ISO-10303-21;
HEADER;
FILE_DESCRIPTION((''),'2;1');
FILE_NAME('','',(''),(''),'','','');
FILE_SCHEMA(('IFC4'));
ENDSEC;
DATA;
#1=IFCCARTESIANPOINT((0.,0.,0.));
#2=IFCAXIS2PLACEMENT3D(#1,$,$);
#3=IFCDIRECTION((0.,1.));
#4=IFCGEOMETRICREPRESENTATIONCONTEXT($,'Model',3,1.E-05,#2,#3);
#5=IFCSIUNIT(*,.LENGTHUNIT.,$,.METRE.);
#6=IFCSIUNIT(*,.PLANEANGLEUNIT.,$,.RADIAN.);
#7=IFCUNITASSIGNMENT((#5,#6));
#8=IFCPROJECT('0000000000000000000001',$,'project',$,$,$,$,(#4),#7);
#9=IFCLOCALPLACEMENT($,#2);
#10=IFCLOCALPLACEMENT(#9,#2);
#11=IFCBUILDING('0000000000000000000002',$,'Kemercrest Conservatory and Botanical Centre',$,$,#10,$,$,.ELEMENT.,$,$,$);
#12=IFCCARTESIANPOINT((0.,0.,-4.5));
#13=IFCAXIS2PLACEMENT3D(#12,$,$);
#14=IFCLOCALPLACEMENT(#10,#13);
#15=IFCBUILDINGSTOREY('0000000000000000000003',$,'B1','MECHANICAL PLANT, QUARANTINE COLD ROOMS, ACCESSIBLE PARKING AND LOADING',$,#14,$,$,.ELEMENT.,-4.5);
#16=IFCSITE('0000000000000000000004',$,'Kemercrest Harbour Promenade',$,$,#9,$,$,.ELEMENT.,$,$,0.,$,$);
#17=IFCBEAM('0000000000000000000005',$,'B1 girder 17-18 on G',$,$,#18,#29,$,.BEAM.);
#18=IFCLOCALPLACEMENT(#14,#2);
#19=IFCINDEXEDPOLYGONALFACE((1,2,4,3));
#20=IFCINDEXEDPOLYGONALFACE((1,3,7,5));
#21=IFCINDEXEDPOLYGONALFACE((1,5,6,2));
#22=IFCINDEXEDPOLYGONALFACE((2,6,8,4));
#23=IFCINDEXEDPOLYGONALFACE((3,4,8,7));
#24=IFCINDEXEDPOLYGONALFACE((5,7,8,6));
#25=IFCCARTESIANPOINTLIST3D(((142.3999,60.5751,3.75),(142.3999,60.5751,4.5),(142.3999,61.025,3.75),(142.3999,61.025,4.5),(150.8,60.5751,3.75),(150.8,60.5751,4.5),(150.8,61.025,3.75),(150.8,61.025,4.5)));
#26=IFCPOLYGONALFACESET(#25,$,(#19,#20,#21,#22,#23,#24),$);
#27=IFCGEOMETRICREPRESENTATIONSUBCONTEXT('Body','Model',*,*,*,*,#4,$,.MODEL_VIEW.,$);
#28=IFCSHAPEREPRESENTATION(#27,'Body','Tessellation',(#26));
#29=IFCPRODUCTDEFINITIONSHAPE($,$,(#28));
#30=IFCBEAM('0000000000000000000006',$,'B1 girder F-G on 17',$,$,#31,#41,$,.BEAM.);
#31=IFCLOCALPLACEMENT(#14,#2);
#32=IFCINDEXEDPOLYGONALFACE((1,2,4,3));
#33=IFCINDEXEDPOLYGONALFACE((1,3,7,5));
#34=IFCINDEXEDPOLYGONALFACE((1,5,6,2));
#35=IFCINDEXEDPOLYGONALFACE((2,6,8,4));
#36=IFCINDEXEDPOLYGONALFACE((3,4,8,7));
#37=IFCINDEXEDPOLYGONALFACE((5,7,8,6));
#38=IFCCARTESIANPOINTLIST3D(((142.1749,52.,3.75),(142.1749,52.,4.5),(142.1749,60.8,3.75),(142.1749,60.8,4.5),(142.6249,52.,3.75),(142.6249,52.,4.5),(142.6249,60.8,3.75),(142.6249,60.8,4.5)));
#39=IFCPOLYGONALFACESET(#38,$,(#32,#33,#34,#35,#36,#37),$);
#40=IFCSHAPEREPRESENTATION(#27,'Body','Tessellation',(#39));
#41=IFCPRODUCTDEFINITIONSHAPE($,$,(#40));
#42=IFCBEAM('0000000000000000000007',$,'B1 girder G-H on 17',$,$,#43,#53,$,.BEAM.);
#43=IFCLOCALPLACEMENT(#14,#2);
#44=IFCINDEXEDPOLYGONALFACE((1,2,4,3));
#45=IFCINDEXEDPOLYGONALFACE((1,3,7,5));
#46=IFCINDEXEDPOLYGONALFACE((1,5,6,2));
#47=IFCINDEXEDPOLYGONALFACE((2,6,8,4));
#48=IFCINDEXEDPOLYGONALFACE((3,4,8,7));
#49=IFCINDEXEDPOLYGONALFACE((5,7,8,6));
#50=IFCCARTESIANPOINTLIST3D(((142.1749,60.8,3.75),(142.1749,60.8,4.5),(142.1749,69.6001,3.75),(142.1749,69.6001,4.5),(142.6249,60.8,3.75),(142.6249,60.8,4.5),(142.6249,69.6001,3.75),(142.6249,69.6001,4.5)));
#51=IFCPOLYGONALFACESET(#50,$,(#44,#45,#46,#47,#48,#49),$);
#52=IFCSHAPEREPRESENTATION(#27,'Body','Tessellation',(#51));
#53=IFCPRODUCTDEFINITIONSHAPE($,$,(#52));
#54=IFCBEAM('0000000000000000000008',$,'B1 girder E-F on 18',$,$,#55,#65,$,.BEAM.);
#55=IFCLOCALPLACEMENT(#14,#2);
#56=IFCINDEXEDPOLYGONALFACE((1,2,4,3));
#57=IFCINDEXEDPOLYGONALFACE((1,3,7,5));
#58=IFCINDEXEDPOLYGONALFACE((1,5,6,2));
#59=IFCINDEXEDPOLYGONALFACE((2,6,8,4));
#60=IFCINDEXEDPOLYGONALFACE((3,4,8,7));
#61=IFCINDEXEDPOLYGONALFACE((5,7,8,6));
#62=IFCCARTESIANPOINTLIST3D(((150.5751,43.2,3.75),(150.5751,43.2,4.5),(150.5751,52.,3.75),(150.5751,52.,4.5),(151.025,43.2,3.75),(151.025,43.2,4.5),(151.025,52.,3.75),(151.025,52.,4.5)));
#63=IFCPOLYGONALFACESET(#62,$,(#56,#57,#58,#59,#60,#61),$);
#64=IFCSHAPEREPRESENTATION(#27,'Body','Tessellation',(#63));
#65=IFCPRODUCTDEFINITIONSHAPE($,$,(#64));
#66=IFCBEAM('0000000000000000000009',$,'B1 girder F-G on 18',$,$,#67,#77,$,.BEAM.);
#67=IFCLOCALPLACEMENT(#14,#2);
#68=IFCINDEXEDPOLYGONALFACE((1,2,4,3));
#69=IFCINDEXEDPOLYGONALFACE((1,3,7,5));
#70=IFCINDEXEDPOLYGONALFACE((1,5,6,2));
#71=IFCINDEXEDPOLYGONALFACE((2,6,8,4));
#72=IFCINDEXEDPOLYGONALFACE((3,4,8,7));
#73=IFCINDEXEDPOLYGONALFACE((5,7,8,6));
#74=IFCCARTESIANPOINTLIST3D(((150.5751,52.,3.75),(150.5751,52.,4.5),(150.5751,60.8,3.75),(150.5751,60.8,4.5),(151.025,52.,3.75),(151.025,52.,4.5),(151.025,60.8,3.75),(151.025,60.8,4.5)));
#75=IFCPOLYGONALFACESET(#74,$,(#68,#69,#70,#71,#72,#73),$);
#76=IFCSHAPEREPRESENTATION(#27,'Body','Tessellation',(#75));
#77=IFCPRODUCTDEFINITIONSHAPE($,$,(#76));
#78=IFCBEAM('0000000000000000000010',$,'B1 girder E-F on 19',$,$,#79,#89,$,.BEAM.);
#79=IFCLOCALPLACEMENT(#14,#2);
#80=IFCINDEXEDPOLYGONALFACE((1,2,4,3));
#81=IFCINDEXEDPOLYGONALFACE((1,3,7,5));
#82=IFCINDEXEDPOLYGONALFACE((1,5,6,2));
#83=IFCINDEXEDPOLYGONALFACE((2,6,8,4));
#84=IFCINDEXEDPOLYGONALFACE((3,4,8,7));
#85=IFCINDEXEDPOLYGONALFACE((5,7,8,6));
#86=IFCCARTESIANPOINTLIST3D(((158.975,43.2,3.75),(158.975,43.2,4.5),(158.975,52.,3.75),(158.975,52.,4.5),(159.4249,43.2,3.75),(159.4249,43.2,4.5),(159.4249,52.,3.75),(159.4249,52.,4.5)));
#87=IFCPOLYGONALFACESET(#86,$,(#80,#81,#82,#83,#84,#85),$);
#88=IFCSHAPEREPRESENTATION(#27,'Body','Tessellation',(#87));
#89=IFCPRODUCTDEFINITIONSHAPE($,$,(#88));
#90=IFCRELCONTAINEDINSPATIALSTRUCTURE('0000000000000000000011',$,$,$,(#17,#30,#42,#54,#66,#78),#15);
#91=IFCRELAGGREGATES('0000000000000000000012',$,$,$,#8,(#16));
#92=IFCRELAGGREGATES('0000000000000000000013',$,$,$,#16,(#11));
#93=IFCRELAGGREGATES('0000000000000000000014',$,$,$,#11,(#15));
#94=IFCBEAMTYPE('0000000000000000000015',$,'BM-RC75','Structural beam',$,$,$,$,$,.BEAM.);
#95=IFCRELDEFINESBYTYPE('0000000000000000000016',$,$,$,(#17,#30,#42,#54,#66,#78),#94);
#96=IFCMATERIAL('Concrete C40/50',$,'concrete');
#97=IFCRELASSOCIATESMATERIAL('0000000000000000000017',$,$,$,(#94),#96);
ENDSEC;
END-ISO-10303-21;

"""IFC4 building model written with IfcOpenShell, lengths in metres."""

from ifc_helpers import new_model, si_unit, direction, frame, origin, origin_2d, place, context, subcontext, project, spatial, rectangle, extrude, material, material_profile, profile_set, type_object, element, save


model = new_model("IFC4")

# Units and contexts
model_context = context("Model", 3, precision=1e-05, world=origin(), true_north=direction((0.0, 1.0)))
body_context = subcontext(model_context, "Body", "Model", "MODEL_VIEW")
ifc_project = project(units=[si_unit("LENGTHUNIT", "METRE"), si_unit("PLANEANGLEUNIT", "RADIAN")], contexts=[model_context])

# Site, building, storey
site_placement = place(None, origin())
site = spatial("IfcSite", under=ifc_project, at=site_placement, Name="Kemercrest Harbour Promenade", CompositionType="ELEMENT", RefElevation=0.0)
building_placement = place(site_placement, origin())
building = spatial("IfcBuilding", under=site, at=building_placement, Name="Kemercrest Conservatory and Botanical Centre", CompositionType="ELEMENT")
storey_placement = place(building_placement, frame((0.0, 0.0, -4.5)))
storey = spatial("IfcBuildingStorey", under=building, at=storey_placement, Name="B1", Description="MECHANICAL PLANT, QUARANTINE COLD ROOMS, ACCESSIBLE PARKING AND LOADING", CompositionType="ELEMENT", Elevation=-4.5)

# Shared definitions
ifc_material_1 = material(Name="Concrete C40/50", Category="concrete")

# Beams
ifc_material_profile_1 = material_profile(ifc_material_1, rectangle(XDim=0.45, YDim=0.75, at=origin_2d()), Name="RC 450x750")
ifc_profile_set_1 = profile_set([ifc_material_profile_1], Name="Concrete C40/50")
beam_type = type_object("IfcBeamType", Name="BM-RC75", Description="Structural beam", PredefinedType="BEAM", material=ifc_profile_set_1)
beam_1_placement = place(storey_placement, frame((142.3999, 60.8, 4.125), z_axis=(1.0, 0.0, 0.0), x_axis=(0.0, 1.0, 0.0)))
element("IfcBeam", 1, at=beam_1_placement, inside=storey, type_object=beam_type, Name="B1 girder 17-18 on G", PredefinedType="BEAM", context=body_context, shape_type="SweptSolid", body=[
    extrude(rectangle(XDim=0.45, YDim=0.75, at=origin_2d()), origin(), (0.0, 0.0, 1.0), 8.4001),
])
for number, where, z_axis, x_axis, name in (
    (2, (142.3999, 52.0, 4.125), (0.0, 1.0, 0.0), (-1.0, 0.0, 0.0), "B1 girder F-G on 17"),
    (3, (142.3999, 60.8, 4.125), (0.0, 1.0, 0.0), (-1.0, 0.0, 0.0), "B1 girder G-H on 17"),
    (4, (150.8, 43.2, 4.125), (0.0, 1.0, 0.0), (-1.0, 0.0, 0.0), "B1 girder E-F on 18"),
    (5, (150.8, 52.0, 4.125), (0.0, 1.0, 0.0), (-1.0, 0.0, 0.0), "B1 girder F-G on 18"),
    (6, (159.2, 43.2, 4.125), (0.0, 1.0, 0.0), (-1.0, 0.0, 0.0), "B1 girder E-F on 19"),
):
    element("IfcBeam", number, at=place(storey_placement, frame(where, z_axis=z_axis, x_axis=x_axis)), inside=storey, type_object=beam_type, Name=name, PredefinedType="BEAM", context=body_context, shape_type="SweptSolid", body=[
        extrude(rectangle(XDim=0.45, YDim=0.75, at=origin_2d()), origin(), (0.0, 0.0, 1.0), 8.8),
    ])

save(model, "model.ifc")
